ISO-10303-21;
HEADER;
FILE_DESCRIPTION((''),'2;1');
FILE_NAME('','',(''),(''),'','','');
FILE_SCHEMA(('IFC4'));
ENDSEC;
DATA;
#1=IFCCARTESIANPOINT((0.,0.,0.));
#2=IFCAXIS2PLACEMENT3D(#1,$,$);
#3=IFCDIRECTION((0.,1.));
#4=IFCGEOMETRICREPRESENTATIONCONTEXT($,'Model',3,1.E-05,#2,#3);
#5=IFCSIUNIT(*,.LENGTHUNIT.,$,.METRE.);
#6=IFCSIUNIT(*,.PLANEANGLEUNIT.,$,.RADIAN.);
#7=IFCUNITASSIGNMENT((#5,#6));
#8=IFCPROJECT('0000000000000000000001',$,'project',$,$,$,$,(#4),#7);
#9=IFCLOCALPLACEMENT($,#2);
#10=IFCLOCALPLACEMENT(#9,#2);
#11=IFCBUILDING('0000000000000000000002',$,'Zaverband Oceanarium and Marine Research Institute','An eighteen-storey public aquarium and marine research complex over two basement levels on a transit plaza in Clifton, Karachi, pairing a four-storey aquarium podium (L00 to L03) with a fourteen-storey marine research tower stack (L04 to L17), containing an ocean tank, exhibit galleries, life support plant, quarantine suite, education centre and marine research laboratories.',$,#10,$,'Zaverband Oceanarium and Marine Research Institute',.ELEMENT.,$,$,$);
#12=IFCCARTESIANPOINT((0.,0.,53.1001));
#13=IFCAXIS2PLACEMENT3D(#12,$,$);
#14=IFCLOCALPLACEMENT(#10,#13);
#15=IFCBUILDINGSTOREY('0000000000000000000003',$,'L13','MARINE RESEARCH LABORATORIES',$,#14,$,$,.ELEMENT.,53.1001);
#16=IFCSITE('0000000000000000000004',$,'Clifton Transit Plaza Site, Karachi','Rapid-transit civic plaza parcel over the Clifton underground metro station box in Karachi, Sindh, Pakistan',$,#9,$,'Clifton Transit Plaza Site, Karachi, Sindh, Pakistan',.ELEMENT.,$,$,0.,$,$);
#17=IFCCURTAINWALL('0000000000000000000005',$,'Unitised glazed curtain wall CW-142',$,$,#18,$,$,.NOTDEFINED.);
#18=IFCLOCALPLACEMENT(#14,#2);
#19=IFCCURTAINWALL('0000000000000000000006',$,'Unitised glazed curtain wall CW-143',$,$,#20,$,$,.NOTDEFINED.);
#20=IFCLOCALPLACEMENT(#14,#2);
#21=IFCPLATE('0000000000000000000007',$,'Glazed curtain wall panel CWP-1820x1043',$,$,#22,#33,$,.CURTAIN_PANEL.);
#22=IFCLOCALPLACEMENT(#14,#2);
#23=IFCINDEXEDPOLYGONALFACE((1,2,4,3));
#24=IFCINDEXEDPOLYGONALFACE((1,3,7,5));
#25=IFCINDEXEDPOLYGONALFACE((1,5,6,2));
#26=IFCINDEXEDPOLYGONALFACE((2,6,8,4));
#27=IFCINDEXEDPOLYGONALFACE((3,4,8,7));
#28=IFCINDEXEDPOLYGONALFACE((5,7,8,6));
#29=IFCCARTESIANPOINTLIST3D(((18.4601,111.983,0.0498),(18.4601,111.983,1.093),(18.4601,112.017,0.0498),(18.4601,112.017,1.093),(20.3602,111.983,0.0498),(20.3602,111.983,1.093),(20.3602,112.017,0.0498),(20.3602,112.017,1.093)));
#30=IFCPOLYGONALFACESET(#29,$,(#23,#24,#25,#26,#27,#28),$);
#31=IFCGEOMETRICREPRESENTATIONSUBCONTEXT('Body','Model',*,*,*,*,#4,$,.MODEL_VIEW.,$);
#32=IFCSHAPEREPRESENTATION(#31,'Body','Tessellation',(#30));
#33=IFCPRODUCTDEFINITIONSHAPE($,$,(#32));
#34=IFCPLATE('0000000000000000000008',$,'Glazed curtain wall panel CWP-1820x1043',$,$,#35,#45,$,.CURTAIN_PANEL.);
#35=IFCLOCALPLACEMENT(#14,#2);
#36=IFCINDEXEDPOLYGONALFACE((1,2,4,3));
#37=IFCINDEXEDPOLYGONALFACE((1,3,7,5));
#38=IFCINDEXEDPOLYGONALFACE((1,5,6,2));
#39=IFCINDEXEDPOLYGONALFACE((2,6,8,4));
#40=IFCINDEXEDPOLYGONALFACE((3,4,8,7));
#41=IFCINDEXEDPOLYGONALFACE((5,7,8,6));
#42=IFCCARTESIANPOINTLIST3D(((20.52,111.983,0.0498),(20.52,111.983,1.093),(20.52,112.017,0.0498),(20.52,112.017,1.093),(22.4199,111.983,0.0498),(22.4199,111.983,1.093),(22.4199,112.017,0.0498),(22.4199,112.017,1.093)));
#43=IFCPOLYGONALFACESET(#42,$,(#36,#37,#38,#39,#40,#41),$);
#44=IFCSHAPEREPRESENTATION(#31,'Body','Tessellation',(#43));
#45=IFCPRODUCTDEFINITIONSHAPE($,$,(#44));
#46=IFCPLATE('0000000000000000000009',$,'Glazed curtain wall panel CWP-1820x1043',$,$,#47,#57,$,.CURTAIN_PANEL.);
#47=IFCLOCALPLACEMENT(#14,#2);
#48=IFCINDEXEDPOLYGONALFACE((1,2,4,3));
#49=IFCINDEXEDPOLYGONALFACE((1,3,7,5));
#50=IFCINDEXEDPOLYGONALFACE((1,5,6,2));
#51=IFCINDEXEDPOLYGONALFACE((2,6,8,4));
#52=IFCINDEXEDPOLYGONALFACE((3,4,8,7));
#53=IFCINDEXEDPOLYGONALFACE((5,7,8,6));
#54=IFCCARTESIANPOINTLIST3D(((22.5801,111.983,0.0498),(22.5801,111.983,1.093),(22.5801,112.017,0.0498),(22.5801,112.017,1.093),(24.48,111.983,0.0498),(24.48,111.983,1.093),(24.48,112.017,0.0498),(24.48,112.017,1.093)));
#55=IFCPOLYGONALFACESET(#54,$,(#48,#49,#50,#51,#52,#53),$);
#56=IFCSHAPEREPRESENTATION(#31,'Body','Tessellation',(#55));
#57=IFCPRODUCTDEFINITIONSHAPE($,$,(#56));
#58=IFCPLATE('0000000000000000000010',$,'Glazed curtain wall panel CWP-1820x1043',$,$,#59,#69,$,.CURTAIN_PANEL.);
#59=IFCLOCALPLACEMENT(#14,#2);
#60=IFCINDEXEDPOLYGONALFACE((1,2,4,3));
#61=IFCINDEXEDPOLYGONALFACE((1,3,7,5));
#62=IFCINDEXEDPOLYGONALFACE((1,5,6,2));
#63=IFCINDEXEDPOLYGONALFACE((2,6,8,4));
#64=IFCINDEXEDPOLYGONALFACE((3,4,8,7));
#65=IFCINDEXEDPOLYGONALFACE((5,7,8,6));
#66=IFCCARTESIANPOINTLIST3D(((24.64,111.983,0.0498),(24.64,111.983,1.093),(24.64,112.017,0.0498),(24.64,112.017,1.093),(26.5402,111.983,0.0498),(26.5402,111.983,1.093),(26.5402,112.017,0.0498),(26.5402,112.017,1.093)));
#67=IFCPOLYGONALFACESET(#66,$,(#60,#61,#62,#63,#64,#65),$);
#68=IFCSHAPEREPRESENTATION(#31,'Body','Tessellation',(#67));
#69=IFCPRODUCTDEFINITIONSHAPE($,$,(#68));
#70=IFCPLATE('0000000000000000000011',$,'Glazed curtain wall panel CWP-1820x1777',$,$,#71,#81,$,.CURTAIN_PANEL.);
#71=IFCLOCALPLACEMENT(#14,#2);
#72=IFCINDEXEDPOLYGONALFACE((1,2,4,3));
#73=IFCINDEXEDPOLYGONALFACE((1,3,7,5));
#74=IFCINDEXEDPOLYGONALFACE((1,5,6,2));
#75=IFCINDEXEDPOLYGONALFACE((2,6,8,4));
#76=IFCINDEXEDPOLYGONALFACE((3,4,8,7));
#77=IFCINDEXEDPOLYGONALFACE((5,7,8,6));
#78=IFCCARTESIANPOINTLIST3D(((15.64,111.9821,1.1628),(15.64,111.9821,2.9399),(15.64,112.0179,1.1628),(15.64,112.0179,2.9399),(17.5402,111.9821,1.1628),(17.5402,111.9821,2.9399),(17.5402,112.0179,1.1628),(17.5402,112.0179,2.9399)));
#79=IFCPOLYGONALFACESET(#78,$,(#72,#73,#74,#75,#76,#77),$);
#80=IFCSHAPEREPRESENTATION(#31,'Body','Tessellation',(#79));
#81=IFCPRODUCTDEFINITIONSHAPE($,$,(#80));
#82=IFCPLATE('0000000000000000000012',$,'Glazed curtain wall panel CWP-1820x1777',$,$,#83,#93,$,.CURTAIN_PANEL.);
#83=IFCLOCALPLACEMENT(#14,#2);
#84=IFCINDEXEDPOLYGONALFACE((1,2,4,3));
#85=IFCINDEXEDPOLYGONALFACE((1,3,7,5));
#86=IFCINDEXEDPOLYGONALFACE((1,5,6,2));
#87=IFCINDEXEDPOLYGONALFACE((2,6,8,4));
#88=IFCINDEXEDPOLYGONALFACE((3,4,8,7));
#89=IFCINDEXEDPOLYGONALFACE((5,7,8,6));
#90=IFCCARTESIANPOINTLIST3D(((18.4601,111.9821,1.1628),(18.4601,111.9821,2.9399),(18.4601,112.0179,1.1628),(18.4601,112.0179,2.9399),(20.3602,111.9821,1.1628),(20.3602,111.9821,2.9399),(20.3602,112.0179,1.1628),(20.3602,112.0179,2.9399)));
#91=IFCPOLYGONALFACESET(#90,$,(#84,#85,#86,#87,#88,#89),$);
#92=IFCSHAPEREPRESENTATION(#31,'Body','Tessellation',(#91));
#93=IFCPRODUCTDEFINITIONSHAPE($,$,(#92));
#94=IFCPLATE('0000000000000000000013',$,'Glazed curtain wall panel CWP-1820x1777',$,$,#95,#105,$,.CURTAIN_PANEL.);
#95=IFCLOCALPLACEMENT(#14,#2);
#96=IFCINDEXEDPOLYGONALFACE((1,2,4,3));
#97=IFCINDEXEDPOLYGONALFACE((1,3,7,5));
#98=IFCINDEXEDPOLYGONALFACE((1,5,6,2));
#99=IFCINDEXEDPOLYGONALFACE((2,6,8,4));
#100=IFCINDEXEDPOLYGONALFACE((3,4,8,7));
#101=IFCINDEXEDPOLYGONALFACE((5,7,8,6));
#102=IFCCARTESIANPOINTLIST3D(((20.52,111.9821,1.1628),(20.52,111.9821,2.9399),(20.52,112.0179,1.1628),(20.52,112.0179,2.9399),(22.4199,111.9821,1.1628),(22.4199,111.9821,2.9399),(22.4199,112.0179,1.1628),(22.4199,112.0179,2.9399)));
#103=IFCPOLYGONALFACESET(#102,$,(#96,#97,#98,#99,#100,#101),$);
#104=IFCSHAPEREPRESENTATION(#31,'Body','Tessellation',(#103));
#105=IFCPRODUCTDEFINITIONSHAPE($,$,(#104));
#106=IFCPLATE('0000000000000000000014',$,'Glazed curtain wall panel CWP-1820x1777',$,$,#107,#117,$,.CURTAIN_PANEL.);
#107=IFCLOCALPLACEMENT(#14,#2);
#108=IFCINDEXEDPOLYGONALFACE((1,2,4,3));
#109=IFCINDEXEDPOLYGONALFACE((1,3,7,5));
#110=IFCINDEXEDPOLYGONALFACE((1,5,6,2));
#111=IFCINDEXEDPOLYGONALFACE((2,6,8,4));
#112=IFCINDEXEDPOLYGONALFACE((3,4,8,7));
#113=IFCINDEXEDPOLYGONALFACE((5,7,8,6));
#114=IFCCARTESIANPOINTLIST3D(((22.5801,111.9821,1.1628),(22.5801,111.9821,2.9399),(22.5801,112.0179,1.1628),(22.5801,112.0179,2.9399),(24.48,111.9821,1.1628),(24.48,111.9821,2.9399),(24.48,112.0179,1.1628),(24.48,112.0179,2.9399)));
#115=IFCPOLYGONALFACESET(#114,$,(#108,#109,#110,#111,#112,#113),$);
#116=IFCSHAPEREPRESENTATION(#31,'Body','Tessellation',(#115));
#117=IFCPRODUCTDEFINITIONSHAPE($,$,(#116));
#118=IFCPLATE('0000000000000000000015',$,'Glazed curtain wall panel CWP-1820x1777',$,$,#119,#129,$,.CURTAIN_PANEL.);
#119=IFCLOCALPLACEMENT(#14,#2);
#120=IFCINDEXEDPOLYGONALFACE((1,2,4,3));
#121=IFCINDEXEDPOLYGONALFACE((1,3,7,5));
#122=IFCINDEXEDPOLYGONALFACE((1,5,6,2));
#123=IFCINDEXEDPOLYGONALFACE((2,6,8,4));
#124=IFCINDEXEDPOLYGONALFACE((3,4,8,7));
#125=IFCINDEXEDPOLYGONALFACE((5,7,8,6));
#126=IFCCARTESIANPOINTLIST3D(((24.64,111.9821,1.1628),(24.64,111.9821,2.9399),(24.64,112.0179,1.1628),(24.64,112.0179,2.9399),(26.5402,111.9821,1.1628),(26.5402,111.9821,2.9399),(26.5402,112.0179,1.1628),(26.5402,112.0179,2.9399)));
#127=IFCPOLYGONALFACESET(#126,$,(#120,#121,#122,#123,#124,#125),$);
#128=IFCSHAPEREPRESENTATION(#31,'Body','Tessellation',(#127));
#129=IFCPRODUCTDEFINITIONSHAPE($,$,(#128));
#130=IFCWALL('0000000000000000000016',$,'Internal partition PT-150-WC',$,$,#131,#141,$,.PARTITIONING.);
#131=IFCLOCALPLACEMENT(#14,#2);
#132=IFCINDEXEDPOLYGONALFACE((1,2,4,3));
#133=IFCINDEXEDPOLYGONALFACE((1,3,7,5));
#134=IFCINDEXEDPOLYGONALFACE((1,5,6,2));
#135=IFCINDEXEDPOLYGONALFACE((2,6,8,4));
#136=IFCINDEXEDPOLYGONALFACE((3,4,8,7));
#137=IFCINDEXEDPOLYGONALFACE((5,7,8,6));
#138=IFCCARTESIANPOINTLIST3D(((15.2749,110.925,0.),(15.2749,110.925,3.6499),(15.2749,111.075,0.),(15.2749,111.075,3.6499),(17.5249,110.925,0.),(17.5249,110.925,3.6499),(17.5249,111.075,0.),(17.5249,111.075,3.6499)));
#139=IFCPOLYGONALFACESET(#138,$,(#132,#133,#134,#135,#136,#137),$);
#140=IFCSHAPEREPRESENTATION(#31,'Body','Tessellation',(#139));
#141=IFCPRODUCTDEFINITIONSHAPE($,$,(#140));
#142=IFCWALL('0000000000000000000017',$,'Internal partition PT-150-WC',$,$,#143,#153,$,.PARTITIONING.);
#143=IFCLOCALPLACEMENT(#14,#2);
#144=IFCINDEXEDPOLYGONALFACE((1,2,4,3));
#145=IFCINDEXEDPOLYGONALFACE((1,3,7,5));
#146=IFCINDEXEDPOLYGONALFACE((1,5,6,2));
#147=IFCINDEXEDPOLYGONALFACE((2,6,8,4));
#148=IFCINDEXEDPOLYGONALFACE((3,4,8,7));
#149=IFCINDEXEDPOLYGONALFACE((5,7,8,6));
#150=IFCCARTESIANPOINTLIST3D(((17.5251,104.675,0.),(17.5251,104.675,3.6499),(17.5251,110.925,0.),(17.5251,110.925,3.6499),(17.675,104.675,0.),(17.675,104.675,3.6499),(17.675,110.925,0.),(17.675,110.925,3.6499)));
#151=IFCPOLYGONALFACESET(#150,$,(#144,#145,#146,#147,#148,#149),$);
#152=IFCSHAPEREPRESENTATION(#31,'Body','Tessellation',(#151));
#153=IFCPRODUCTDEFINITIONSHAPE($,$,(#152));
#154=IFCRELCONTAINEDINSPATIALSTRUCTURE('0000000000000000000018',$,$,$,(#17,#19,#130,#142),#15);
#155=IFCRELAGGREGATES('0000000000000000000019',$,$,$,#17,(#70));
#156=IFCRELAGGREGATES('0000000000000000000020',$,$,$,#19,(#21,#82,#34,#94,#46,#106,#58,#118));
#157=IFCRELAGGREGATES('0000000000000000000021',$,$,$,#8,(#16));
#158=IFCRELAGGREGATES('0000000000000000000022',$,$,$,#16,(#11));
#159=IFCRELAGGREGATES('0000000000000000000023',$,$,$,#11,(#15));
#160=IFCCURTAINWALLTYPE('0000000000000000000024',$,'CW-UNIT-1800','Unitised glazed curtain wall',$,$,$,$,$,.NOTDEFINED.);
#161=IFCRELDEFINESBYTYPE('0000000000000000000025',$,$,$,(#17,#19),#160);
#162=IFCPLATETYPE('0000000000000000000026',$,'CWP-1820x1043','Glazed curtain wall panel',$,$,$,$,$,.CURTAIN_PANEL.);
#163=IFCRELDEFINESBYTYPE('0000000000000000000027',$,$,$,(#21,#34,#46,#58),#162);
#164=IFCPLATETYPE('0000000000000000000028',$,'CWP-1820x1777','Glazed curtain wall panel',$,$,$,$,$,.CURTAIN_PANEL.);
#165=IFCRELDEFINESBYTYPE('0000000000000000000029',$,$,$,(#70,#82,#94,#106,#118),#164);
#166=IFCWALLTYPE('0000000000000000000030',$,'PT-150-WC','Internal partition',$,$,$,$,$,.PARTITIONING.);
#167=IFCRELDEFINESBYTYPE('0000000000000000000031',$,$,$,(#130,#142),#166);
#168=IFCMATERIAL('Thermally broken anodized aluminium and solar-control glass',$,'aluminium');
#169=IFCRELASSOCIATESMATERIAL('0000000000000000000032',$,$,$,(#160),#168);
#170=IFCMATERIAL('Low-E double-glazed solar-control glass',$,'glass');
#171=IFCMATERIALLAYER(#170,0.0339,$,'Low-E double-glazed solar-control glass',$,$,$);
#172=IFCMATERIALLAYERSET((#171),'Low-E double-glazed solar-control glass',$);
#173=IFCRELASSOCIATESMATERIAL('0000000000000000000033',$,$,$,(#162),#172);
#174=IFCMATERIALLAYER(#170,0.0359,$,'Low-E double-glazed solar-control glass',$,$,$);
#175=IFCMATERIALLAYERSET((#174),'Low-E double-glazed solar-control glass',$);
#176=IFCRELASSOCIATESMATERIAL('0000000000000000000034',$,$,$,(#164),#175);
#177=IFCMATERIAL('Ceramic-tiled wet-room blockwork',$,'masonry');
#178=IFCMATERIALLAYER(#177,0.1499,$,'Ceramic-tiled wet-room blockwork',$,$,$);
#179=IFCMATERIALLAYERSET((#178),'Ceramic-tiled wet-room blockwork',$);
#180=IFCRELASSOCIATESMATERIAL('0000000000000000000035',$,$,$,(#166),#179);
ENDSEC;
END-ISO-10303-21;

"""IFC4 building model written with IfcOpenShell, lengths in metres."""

from ifc_helpers import new_model, si_unit, direction, frame, frame_2d, origin, place, context, subcontext, project, spatial, rectangle, extrude, material, layer, layer_set, type_object, element, aggregate, save


model = new_model("IFC4")

# Units and contexts
model_context = context("Model", 3, precision=1e-05, world=origin(), true_north=direction((0.0, 1.0)))
body_context = subcontext(model_context, "Body", "Model", "MODEL_VIEW")
ifc_project = project(units=[si_unit("LENGTHUNIT", "METRE"), si_unit("PLANEANGLEUNIT", "RADIAN")], contexts=[model_context])

# Site, building, storey
site_placement = place(None, origin())
site = spatial("IfcSite", under=ifc_project, at=site_placement, Name="Clifton Transit Plaza Site, Karachi", Description="Rapid-transit civic plaza parcel over the Clifton underground metro station box in Karachi, Sindh, Pakistan", LongName="Clifton Transit Plaza Site, Karachi, Sindh, Pakistan", CompositionType="ELEMENT", RefElevation=0.0)
building_placement = place(site_placement, origin())
building = spatial("IfcBuilding", under=site, at=building_placement, Name="Zaverband Oceanarium and Marine Research Institute", Description="An eighteen-storey public aquarium and marine research complex over two basement levels on a transit plaza in Clifton, Karachi, pairing a four-storey aquarium podium (L00 to L03) with a fourteen-storey marine research tower stack (L04 to L17), containing an ocean tank, exhibit galleries, life support plant, quarantine suite, education centre and marine research laboratories.", LongName="Zaverband Oceanarium and Marine Research Institute", CompositionType="ELEMENT")
storey_placement = place(building_placement, frame((0.0, 0.0, 53.1001)))
storey = spatial("IfcBuildingStorey", under=building, at=storey_placement, Name="L13", Description="MARINE RESEARCH LABORATORIES", CompositionType="ELEMENT", Elevation=53.1001)

# Curtain walls
ifc_material_1 = material(Name="Thermally broken anodized aluminium and solar-control glass", Category="aluminium")
curtain_wall_type = type_object("IfcCurtainWallType", Name="CW-UNIT-1800", Description="Unitised glazed curtain wall", PredefinedType="NOTDEFINED", material=ifc_material_1)
curtain_wall_1_placement = place(storey_placement, origin())
curtain_wall_1 = element("IfcCurtainWall", 1, at=curtain_wall_1_placement, inside=storey, type_object=curtain_wall_type, Name="Unitised glazed curtain wall CW-142", PredefinedType="NOTDEFINED")
curtain_wall_2_placement = place(storey_placement, origin())
curtain_wall_2 = element("IfcCurtainWall", 2, at=curtain_wall_2_placement, inside=storey, type_object=curtain_wall_type, Name="Unitised glazed curtain wall CW-143", PredefinedType="NOTDEFINED")

# Plates
ifc_material_2 = material(Name="Low-E double-glazed solar-control glass", Category="glass")
ifc_layer_1 = layer(ifc_material_2, 0.0339, Name="Low-E double-glazed solar-control glass")
ifc_layer_set_1 = layer_set([ifc_layer_1], Name="Low-E double-glazed solar-control glass")
plate_type_1 = type_object("IfcPlateType", Name="CWP-1820x1043", Description="Glazed curtain wall panel", PredefinedType="CURTAIN_PANEL", material=ifc_layer_set_1)
plate_1_placement = place(storey_placement, frame((18.46, 112.0, 0.0498), z_axis=(0.0, 0.0, 1.0), x_axis=(1.0, 0.0, 0.0)))
plate_1 = element("IfcPlate", 3, at=plate_1_placement, type_object=plate_type_1, Name="Glazed curtain wall panel CWP-1820x1043", PredefinedType="CURTAIN_PANEL", context=body_context, shape_type="SweptSolid", body=[
    extrude(rectangle(XDim=1.9001, YDim=0.0339, at=frame_2d((0.9502, 0.0))), origin(), (0.0, 0.0, 1.0), 1.0432),
])
plate_2_placement = place(storey_placement, frame((20.52, 112.0, 0.0498), z_axis=(0.0, 0.0, 1.0), x_axis=(1.0, 0.0, 0.0)))
plate_2 = element("IfcPlate", 4, at=plate_2_placement, type_object=plate_type_1, Name="Glazed curtain wall panel CWP-1820x1043", PredefinedType="CURTAIN_PANEL", context=body_context, shape_type="SweptSolid", body=[
    extrude(rectangle(XDim=1.8999, YDim=0.0339, at=frame_2d((0.95, 0.0))), origin(), (0.0, 0.0, 1.0), 1.0432),
])
plate_3_placement = place(storey_placement, frame((22.5801, 112.0, 0.0498), z_axis=(0.0, 0.0, 1.0), x_axis=(1.0, 0.0, 0.0)))
plate_3 = element("IfcPlate", 5, at=plate_3_placement, type_object=plate_type_1, Name="Glazed curtain wall panel CWP-1820x1043", PredefinedType="CURTAIN_PANEL", context=body_context, shape_type="SweptSolid", body=[
    extrude(rectangle(XDim=1.8999, YDim=0.0339, at=frame_2d((0.95, 0.0))), origin(), (0.0, 0.0, 1.0), 1.0432),
])
plate_4_placement = place(storey_placement, frame((24.6399, 112.0, 0.0498), z_axis=(0.0, 0.0, 1.0), x_axis=(1.0, 0.0, 0.0)))
plate_4 = element("IfcPlate", 6, at=plate_4_placement, type_object=plate_type_1, Name="Glazed curtain wall panel CWP-1820x1043", PredefinedType="CURTAIN_PANEL", context=body_context, shape_type="SweptSolid", body=[
    extrude(rectangle(XDim=1.9001, YDim=0.0339, at=frame_2d((0.9502, 0.0))), origin(), (0.0, 0.0, 1.0), 1.0432),
])
ifc_layer_2 = layer(ifc_material_2, 0.0359, Name="Low-E double-glazed solar-control glass")
ifc_layer_set_2 = layer_set([ifc_layer_2], Name="Low-E double-glazed solar-control glass")
plate_type_2 = type_object("IfcPlateType", Name="CWP-1820x1777", Description="Glazed curtain wall panel", PredefinedType="CURTAIN_PANEL", material=ifc_layer_set_2)
plate_5_placement = place(storey_placement, frame((15.6399, 112.0, 1.1628), z_axis=(0.0, 0.0, 1.0), x_axis=(1.0, 0.0, 0.0)))
plate_5 = element("IfcPlate", 7, at=plate_5_placement, type_object=plate_type_2, Name="Glazed curtain wall panel CWP-1820x1777", PredefinedType="CURTAIN_PANEL", context=body_context, shape_type="SweptSolid", body=[
    extrude(rectangle(XDim=1.9001, YDim=0.0359, at=frame_2d((0.9502, 0.0))), origin(), (0.0, 0.0, 1.0), 1.7771),
])
aggregate(curtain_wall_1, [plate_5])
plate_6_placement = place(storey_placement, frame((18.46, 112.0, 1.1628), z_axis=(0.0, 0.0, 1.0), x_axis=(1.0, 0.0, 0.0)))
plate_6 = element("IfcPlate", 8, at=plate_6_placement, type_object=plate_type_2, Name="Glazed curtain wall panel CWP-1820x1777", PredefinedType="CURTAIN_PANEL", context=body_context, shape_type="SweptSolid", body=[
    extrude(rectangle(XDim=1.9001, YDim=0.0359, at=frame_2d((0.9502, 0.0))), origin(), (0.0, 0.0, 1.0), 1.7771),
])
plate_7_placement = place(storey_placement, frame((20.52, 112.0, 1.1628), z_axis=(0.0, 0.0, 1.0), x_axis=(1.0, 0.0, 0.0)))
plate_7 = element("IfcPlate", 9, at=plate_7_placement, type_object=plate_type_2, Name="Glazed curtain wall panel CWP-1820x1777", PredefinedType="CURTAIN_PANEL", context=body_context, shape_type="SweptSolid", body=[
    extrude(rectangle(XDim=1.8999, YDim=0.0359, at=frame_2d((0.95, 0.0))), origin(), (0.0, 0.0, 1.0), 1.7771),
])
plate_8_placement = place(storey_placement, frame((22.5801, 112.0, 1.1628), z_axis=(0.0, 0.0, 1.0), x_axis=(1.0, 0.0, 0.0)))
plate_8 = element("IfcPlate", 10, at=plate_8_placement, type_object=plate_type_2, Name="Glazed curtain wall panel CWP-1820x1777", PredefinedType="CURTAIN_PANEL", context=body_context, shape_type="SweptSolid", body=[
    extrude(rectangle(XDim=1.8999, YDim=0.0359, at=frame_2d((0.95, 0.0))), origin(), (0.0, 0.0, 1.0), 1.7771),
])
plate_9_placement = place(storey_placement, frame((24.6399, 112.0, 1.1628), z_axis=(0.0, 0.0, 1.0), x_axis=(1.0, 0.0, 0.0)))
plate_9 = element("IfcPlate", 11, at=plate_9_placement, type_object=plate_type_2, Name="Glazed curtain wall panel CWP-1820x1777", PredefinedType="CURTAIN_PANEL", context=body_context, shape_type="SweptSolid", body=[
    extrude(rectangle(XDim=1.9001, YDim=0.0359, at=frame_2d((0.9502, 0.0))), origin(), (0.0, 0.0, 1.0), 1.7771),
])
aggregate(curtain_wall_2, [plate_1, plate_6, plate_2, plate_7, plate_3, plate_8, plate_4, plate_9])

# Walls
ifc_material_3 = material(Name="Ceramic-tiled wet-room blockwork", Category="masonry")
ifc_layer_3 = layer(ifc_material_3, 0.1499, Name="Ceramic-tiled wet-room blockwork")
ifc_layer_set_3 = layer_set([ifc_layer_3], Name="Ceramic-tiled wet-room blockwork")
wall_type = type_object("IfcWallType", Name="PT-150-WC", Description="Internal partition", PredefinedType="PARTITIONING", material=ifc_layer_set_3)
wall_1_placement = place(storey_placement, frame((15.2749, 111.0, 0.0), z_axis=(0.0, 0.0, 1.0), x_axis=(1.0, 0.0, 0.0)))
element("IfcWall", 12, at=wall_1_placement, inside=storey, type_object=wall_type, Name="Internal partition PT-150-WC", PredefinedType="PARTITIONING", context=body_context, shape_type="SweptSolid", body=[
    extrude(rectangle(XDim=2.25, YDim=0.1499, at=frame_2d((1.125, 0.0))), origin(), (0.0, 0.0, 1.0), 3.6499),
])
wall_2_placement = place(storey_placement, frame((17.6001, 104.675, 0.0), z_axis=(0.0, 0.0, 1.0), x_axis=(0.0, 1.0, 0.0)))
element("IfcWall", 13, at=wall_2_placement, inside=storey, type_object=wall_type, Name="Internal partition PT-150-WC", PredefinedType="PARTITIONING", context=body_context, shape_type="SweptSolid", body=[
    extrude(rectangle(XDim=6.25, YDim=0.1499, at=frame_2d((3.125, 0.0))), origin(), (0.0, 0.0, 1.0), 3.6499),
])

save(model, "model.ifc")
